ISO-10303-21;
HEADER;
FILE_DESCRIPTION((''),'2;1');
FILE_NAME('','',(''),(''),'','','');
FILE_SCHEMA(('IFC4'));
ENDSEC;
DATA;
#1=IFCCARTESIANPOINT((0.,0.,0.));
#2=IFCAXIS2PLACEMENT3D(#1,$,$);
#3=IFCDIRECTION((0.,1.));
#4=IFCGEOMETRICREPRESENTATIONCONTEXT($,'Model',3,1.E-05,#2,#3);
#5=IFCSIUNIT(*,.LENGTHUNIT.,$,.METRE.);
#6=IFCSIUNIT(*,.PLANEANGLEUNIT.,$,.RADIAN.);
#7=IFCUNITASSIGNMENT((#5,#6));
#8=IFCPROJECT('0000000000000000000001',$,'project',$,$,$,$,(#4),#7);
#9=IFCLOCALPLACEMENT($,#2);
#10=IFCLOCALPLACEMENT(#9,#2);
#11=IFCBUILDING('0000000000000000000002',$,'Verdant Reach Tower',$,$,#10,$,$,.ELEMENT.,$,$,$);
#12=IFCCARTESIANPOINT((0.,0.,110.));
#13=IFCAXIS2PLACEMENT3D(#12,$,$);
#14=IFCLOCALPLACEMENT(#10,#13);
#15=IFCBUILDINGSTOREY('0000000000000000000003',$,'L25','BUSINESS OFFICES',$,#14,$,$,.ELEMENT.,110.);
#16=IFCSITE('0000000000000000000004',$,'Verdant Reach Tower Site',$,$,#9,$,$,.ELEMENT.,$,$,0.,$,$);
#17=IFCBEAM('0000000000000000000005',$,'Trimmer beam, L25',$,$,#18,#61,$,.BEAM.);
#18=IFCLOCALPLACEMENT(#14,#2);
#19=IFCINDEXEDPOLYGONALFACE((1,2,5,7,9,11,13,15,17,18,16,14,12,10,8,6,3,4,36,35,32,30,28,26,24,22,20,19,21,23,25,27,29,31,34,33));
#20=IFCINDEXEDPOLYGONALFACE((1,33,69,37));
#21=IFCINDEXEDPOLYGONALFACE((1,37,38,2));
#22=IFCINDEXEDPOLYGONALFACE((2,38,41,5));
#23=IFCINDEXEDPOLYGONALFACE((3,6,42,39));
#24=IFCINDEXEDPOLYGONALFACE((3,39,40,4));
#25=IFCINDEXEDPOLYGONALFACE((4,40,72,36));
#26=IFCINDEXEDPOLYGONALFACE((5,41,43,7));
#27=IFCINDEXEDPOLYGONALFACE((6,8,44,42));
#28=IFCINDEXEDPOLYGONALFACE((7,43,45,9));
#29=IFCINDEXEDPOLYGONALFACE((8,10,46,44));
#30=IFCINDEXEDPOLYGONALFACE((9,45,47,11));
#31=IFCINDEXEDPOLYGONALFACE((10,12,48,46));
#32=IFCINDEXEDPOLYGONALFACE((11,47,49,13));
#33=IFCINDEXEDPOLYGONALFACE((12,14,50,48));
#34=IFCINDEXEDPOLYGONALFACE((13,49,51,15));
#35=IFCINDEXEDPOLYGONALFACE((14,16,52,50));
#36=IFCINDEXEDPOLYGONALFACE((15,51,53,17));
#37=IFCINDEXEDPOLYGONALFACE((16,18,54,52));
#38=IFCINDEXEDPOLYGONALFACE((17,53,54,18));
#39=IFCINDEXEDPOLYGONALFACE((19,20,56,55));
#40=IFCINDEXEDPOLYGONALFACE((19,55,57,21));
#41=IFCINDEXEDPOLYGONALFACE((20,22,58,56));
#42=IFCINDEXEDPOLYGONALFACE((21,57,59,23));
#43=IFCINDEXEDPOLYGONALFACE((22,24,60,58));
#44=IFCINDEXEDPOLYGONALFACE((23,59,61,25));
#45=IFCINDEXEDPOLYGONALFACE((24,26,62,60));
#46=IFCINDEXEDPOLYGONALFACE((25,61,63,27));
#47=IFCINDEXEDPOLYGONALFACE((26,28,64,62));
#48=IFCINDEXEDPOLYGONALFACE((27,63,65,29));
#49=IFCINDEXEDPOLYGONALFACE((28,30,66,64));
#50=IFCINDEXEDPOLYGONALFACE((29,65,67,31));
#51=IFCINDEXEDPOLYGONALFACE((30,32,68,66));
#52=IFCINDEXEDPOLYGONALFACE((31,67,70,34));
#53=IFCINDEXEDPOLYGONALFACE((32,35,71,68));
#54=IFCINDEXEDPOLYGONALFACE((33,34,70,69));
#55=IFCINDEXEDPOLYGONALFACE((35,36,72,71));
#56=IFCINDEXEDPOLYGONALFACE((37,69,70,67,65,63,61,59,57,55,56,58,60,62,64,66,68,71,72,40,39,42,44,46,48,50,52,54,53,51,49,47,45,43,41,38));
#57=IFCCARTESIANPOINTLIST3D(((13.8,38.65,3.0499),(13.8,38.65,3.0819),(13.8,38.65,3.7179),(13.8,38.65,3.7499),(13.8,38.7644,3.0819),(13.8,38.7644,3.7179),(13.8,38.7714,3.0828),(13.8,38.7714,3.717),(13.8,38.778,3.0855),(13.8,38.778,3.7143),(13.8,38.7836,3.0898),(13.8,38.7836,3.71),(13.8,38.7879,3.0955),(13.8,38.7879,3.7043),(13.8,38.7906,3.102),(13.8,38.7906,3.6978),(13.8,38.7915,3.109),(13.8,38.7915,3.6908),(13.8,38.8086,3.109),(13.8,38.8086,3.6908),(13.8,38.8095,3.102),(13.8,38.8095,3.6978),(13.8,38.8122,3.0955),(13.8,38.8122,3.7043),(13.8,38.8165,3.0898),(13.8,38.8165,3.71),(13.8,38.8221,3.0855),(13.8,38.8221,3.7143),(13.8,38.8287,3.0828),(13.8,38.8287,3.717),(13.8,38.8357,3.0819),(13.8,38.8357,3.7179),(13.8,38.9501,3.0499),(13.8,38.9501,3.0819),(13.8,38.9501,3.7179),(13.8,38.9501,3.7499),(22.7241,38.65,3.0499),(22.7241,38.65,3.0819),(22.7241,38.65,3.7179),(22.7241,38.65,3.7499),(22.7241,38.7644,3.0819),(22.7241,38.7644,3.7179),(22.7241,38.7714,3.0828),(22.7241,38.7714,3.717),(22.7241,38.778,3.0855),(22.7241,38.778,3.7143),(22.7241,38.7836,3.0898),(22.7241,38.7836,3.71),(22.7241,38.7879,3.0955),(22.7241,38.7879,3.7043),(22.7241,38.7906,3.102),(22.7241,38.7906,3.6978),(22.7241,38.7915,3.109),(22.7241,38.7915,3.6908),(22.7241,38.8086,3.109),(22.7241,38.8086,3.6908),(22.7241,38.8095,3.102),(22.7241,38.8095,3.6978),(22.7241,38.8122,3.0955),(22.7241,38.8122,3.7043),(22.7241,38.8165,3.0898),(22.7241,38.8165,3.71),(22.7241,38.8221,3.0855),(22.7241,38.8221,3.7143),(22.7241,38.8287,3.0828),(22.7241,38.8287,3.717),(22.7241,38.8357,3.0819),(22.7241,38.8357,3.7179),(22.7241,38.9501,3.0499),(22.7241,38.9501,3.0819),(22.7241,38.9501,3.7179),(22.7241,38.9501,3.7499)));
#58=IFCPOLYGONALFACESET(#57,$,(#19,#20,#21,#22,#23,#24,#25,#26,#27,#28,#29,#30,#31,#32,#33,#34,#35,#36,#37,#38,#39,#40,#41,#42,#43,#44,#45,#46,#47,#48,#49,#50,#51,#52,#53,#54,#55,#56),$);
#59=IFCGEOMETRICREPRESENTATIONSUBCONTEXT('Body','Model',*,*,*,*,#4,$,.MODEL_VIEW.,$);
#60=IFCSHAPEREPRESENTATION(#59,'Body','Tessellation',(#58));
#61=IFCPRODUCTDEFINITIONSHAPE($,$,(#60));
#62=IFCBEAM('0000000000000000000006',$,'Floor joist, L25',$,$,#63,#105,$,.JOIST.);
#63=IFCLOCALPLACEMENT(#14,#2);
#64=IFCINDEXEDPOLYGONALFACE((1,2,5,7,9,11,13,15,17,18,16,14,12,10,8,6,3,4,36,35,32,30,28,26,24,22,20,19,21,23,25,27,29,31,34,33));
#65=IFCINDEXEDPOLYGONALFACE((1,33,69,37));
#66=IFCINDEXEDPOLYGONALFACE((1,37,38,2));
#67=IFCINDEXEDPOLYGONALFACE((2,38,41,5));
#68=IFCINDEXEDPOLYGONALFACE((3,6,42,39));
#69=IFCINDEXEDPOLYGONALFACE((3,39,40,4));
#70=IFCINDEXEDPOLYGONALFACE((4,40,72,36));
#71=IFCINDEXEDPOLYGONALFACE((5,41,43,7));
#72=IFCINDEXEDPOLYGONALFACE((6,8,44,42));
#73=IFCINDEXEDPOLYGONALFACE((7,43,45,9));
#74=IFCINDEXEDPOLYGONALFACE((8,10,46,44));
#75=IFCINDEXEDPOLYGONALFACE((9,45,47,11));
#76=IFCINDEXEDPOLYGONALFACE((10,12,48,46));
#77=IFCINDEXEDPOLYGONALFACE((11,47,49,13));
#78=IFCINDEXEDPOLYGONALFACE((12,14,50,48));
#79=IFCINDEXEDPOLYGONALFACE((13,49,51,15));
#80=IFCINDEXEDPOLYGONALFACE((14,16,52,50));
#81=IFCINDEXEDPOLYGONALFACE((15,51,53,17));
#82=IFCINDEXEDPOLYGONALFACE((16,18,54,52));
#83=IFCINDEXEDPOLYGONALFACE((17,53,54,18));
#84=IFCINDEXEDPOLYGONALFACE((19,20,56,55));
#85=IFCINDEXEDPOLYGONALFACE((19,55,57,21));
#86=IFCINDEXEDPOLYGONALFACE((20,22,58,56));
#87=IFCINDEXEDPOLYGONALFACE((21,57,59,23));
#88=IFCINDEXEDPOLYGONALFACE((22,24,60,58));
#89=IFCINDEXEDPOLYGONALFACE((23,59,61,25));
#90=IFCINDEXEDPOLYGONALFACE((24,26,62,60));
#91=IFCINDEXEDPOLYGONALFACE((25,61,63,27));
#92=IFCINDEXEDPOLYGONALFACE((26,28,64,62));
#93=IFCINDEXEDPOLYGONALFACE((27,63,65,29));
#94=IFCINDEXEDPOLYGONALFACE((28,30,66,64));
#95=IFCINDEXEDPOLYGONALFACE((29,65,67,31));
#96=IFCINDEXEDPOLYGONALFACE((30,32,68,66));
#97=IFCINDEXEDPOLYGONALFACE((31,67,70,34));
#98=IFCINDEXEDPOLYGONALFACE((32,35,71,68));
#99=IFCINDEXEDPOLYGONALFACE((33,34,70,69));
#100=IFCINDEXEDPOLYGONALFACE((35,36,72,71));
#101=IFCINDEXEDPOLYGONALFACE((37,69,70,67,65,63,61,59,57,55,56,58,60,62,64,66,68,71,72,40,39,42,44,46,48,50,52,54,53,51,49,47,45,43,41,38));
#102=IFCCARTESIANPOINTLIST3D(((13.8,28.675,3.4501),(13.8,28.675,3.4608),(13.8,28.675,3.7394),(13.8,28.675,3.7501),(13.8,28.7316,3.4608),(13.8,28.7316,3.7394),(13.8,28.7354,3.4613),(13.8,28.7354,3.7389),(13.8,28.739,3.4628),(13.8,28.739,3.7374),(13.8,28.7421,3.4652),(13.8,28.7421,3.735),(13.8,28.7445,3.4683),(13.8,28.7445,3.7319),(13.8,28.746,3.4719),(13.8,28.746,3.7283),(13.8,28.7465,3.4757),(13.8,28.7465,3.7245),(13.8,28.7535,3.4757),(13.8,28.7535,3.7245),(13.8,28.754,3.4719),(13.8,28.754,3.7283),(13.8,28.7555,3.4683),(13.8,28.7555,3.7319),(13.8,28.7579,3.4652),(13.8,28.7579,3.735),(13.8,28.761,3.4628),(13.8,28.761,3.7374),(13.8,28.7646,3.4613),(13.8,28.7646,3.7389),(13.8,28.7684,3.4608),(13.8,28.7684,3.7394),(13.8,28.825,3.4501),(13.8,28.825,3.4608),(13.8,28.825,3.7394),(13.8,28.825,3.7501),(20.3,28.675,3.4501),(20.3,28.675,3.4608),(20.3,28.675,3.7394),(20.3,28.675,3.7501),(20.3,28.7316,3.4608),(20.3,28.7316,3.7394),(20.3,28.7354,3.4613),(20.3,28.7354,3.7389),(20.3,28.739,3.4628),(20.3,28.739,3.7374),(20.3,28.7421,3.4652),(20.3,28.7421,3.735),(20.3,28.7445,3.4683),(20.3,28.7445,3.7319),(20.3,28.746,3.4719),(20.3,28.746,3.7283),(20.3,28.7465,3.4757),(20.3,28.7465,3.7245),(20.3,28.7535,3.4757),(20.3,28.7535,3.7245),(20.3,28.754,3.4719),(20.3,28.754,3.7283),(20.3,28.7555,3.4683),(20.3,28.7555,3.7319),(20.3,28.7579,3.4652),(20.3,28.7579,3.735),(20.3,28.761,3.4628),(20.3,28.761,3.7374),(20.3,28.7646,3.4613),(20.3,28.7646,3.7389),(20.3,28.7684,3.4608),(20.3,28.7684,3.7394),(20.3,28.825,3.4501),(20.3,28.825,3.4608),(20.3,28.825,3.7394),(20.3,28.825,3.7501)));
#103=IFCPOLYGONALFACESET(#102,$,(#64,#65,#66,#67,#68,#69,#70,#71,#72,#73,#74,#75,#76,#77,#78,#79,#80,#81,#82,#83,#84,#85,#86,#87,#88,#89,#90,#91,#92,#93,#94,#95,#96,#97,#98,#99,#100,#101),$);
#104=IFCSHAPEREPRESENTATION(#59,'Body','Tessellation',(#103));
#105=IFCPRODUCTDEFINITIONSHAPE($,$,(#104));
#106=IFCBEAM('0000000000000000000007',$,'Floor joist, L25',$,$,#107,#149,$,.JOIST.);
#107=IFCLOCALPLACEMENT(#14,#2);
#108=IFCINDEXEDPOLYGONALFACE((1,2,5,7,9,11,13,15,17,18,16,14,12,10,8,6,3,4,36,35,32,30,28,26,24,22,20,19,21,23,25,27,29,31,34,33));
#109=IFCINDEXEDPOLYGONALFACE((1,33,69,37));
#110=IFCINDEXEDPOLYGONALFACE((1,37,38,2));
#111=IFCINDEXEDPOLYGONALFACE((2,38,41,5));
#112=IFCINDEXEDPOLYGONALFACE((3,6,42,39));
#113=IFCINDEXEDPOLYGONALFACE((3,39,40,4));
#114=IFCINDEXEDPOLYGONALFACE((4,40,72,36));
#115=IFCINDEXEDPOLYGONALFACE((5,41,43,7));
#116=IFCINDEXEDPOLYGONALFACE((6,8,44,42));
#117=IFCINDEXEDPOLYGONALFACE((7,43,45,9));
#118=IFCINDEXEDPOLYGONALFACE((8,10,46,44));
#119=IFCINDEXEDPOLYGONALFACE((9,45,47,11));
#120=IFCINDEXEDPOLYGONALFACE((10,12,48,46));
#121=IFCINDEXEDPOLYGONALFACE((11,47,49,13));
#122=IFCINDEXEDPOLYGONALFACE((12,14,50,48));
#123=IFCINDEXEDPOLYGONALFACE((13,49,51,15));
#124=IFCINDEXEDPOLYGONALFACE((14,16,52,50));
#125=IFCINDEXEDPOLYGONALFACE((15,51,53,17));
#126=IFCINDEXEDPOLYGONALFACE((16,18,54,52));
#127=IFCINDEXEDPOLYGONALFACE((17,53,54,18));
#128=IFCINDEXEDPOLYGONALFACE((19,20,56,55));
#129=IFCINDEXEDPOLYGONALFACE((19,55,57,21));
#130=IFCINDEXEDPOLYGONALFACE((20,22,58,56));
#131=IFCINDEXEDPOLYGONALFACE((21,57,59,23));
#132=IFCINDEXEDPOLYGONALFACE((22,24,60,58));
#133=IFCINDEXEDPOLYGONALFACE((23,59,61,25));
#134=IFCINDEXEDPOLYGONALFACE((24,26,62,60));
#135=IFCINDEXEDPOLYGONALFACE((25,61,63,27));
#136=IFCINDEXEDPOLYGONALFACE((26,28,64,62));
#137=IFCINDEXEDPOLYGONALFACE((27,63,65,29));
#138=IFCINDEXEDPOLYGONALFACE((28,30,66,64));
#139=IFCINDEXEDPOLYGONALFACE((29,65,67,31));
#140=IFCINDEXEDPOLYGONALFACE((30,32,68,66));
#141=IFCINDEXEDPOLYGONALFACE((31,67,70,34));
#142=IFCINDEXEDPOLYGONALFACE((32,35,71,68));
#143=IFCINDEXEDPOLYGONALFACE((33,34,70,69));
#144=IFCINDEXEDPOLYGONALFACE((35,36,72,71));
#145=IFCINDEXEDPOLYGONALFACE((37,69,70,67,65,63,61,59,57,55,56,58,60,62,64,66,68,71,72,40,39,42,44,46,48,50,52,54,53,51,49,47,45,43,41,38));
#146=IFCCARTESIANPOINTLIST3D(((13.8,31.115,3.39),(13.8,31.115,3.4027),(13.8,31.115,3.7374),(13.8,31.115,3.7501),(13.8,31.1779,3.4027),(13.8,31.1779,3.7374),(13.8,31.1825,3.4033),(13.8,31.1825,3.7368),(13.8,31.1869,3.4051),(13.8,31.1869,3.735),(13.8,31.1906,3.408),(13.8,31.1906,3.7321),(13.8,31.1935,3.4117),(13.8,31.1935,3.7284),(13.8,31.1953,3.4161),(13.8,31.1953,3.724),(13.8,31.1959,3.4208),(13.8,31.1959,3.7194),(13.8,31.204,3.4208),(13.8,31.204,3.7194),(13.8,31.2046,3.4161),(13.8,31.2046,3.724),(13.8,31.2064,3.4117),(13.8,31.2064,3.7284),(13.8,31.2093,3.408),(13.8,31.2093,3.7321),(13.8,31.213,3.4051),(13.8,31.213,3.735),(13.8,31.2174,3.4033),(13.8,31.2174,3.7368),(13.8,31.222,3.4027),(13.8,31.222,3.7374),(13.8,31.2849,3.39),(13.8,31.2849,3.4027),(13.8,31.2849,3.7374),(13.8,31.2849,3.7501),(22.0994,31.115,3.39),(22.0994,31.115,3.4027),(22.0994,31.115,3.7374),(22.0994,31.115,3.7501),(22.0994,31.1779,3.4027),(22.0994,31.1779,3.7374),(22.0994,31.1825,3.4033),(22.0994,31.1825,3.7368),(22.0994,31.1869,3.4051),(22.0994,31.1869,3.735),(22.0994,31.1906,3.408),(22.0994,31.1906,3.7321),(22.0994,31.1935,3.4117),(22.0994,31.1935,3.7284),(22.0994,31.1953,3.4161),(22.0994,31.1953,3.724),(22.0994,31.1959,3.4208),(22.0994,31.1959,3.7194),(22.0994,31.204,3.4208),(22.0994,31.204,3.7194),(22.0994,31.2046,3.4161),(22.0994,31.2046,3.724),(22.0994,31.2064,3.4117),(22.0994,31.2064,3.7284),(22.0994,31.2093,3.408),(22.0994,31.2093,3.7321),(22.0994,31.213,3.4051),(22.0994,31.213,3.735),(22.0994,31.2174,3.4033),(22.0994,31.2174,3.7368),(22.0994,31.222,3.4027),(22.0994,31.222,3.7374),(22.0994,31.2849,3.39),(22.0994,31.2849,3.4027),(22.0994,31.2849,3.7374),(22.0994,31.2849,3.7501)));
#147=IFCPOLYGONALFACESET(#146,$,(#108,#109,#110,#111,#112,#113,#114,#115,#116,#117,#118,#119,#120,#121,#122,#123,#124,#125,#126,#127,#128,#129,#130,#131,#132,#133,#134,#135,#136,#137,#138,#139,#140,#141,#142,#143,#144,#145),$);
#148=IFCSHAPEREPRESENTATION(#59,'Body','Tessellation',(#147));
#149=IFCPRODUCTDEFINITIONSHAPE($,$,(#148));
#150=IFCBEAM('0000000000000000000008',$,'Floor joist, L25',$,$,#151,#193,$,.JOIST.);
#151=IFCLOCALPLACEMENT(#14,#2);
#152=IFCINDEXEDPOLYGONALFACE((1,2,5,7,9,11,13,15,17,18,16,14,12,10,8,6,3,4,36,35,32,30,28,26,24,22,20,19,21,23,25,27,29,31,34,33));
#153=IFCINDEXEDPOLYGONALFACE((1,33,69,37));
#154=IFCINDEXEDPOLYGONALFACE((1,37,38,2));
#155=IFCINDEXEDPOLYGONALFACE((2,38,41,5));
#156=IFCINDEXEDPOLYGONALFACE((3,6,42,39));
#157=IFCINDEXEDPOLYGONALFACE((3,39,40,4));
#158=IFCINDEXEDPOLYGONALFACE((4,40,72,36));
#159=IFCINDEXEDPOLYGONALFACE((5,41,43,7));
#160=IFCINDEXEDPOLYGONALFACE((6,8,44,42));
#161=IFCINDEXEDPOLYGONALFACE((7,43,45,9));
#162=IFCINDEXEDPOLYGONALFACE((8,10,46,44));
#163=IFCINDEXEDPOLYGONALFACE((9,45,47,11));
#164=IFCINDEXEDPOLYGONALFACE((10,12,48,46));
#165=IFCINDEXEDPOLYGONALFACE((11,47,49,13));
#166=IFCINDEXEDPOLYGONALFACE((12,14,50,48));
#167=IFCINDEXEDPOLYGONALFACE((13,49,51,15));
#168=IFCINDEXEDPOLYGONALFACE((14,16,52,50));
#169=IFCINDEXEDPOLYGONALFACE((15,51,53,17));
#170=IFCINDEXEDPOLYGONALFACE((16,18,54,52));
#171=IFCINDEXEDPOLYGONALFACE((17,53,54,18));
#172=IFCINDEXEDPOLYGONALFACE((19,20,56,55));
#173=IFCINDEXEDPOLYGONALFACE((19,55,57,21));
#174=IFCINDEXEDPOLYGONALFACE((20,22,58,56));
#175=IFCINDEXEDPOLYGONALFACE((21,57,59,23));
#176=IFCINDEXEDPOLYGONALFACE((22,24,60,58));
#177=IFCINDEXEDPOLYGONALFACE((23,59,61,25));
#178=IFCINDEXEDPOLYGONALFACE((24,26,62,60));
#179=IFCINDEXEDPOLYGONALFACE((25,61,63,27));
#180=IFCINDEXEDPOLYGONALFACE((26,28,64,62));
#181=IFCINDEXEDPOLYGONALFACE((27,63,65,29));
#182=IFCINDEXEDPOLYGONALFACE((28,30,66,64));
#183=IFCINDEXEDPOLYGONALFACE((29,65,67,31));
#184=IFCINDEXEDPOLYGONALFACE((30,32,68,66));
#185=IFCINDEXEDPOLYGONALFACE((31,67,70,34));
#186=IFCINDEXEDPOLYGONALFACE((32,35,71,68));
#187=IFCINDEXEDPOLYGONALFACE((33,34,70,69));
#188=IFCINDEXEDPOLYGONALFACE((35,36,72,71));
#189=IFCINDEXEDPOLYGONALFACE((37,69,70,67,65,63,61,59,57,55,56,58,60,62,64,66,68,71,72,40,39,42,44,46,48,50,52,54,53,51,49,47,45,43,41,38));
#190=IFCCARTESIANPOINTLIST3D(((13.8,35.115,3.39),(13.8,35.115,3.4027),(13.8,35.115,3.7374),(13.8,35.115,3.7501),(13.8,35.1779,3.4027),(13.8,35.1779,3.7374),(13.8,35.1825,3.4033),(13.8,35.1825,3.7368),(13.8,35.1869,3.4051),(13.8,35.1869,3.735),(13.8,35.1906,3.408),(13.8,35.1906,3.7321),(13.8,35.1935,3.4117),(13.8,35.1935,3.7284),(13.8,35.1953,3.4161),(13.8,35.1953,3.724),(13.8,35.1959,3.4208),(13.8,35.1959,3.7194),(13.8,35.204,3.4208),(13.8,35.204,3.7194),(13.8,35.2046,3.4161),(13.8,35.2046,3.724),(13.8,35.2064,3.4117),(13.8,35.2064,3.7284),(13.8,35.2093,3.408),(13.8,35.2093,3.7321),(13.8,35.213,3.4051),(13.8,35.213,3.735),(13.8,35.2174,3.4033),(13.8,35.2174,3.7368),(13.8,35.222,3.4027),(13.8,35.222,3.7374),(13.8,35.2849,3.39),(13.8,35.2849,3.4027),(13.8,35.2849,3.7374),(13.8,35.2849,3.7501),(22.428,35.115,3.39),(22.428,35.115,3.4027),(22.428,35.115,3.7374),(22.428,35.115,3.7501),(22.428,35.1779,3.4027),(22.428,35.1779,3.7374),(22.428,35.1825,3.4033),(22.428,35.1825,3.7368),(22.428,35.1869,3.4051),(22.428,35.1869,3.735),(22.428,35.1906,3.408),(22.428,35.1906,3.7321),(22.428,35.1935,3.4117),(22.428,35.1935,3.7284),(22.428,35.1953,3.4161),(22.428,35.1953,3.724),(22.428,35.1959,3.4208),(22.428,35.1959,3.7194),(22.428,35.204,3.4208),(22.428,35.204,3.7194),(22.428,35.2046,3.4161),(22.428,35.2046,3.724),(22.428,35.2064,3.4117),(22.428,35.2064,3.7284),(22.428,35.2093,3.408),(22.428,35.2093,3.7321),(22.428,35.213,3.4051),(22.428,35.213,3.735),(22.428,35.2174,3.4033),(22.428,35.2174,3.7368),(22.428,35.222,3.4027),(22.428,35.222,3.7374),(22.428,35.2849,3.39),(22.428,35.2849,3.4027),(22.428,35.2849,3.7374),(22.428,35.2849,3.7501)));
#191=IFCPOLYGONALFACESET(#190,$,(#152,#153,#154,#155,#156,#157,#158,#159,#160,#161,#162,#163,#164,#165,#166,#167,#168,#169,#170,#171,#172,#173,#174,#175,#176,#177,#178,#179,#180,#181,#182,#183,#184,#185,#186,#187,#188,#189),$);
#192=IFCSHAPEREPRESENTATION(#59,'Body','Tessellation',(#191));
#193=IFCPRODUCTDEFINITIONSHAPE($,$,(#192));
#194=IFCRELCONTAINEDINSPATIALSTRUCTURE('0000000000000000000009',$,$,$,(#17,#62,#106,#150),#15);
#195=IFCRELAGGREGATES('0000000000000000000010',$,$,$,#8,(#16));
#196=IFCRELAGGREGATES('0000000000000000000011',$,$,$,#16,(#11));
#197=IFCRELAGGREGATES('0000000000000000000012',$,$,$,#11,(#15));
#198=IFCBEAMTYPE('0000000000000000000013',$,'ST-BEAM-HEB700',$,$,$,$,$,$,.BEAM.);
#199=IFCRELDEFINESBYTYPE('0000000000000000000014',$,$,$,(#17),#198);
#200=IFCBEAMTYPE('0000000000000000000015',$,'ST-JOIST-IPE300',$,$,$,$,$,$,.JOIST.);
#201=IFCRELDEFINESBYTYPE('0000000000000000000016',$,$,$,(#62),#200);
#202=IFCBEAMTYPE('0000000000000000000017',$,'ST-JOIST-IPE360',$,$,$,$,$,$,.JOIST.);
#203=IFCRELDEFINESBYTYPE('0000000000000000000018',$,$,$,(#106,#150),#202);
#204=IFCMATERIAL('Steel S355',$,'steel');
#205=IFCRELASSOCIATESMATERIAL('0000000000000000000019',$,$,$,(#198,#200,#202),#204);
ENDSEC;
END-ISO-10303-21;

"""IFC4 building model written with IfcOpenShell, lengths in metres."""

from ifc_helpers import new_model, si_unit, direction, frame, origin, origin_2d, place, context, subcontext, project, spatial, i_section, extrude, material, material_profile, profile_set, type_object, element, save


model = new_model("IFC4")

# Units and contexts
model_context = context("Model", 3, precision=1e-05, world=origin(), true_north=direction((0.0, 1.0)))
body_context = subcontext(model_context, "Body", "Model", "MODEL_VIEW")
ifc_project = project(units=[si_unit("LENGTHUNIT", "METRE"), si_unit("PLANEANGLEUNIT", "RADIAN")], contexts=[model_context])

# Site, building, storey
site_placement = place(None, origin())
site = spatial("IfcSite", under=ifc_project, at=site_placement, Name="Verdant Reach Tower Site", CompositionType="ELEMENT", RefElevation=0.0)
building_placement = place(site_placement, origin())
building = spatial("IfcBuilding", under=site, at=building_placement, Name="Verdant Reach Tower", CompositionType="ELEMENT")
storey_placement = place(building_placement, frame((0.0, 0.0, 110.0)))
storey = spatial("IfcBuildingStorey", under=building, at=storey_placement, Name="L25", Description="BUSINESS OFFICES", CompositionType="ELEMENT", Elevation=110.0)

# Beams
ifc_material_1 = material(Name="Steel S355", Category="steel")
ifc_material_profile_1 = material_profile(ifc_material_1, i_section(OverallWidth=0.3, OverallDepth=0.7, WebThickness=0.0171, FlangeThickness=0.032, FilletRadius=0.0271, at=origin_2d()), Name="HEB 700")
ifc_profile_set_1 = profile_set([ifc_material_profile_1], Name="Steel S355")
beam_type_1 = type_object("IfcBeamType", Name="ST-BEAM-HEB700", PredefinedType="BEAM", material=ifc_profile_set_1)
beam_1_placement = place(storey_placement, frame((13.8, 38.8, 3.3999), z_axis=(1.0, 0.0, 0.0), x_axis=(0.0, 1.0, 0.0)))
element("IfcBeam", 1, at=beam_1_placement, inside=storey, type_object=beam_type_1, Name="Trimmer beam, L25", PredefinedType="BEAM", context=body_context, shape_type="SweptSolid", body=[
    extrude(i_section(OverallWidth=0.3, OverallDepth=0.7, WebThickness=0.0171, FlangeThickness=0.032, FilletRadius=0.0271, at=origin_2d()), origin(), (0.0, 0.0, 1.0), 8.9241),
])
ifc_material_profile_2 = material_profile(ifc_material_1, i_section(OverallWidth=0.1499, OverallDepth=0.3, WebThickness=0.0071, FlangeThickness=0.0107, FilletRadius=0.0149, at=origin_2d()), Name="IPE 300")
ifc_profile_set_2 = profile_set([ifc_material_profile_2], Name="Steel S355")
beam_type_2 = type_object("IfcBeamType", Name="ST-JOIST-IPE300", PredefinedType="JOIST", material=ifc_profile_set_2)
beam_2_placement = place(storey_placement, frame((13.8, 28.75, 3.6001), z_axis=(1.0, 0.0, 0.0), x_axis=(0.0, 1.0, 0.0)))
element("IfcBeam", 2, at=beam_2_placement, inside=storey, type_object=beam_type_2, Name="Floor joist, L25", PredefinedType="JOIST", context=body_context, shape_type="SweptSolid", body=[
    extrude(i_section(OverallWidth=0.1499, OverallDepth=0.3, WebThickness=0.0071, FlangeThickness=0.0107, FilletRadius=0.0149, at=origin_2d()), origin(), (0.0, 0.0, 1.0), 6.5),
])
ifc_material_profile_3 = material_profile(ifc_material_1, i_section(OverallWidth=0.1699, OverallDepth=0.3601, WebThickness=0.0081, FlangeThickness=0.0127, FilletRadius=0.0181, at=origin_2d()), Name="IPE 360")
ifc_profile_set_3 = profile_set([ifc_material_profile_3], Name="Steel S355")
beam_type_3 = type_object("IfcBeamType", Name="ST-JOIST-IPE360", PredefinedType="JOIST", material=ifc_profile_set_3)
beam_3_placement = place(storey_placement, frame((13.8, 31.2, 3.5701), z_axis=(1.0, 0.0, 0.0), x_axis=(0.0, 1.0, 0.0)))
element("IfcBeam", 3, at=beam_3_placement, inside=storey, type_object=beam_type_3, Name="Floor joist, L25", PredefinedType="JOIST", context=body_context, shape_type="SweptSolid", body=[
    extrude(i_section(OverallWidth=0.1699, OverallDepth=0.3601, WebThickness=0.0081, FlangeThickness=0.0127, FilletRadius=0.0181, at=origin_2d()), origin(), (0.0, 0.0, 1.0), 8.2993),
])
beam_4_placement = place(storey_placement, frame((13.8, 35.2, 3.5701), z_axis=(1.0, 0.0, 0.0), x_axis=(0.0, 1.0, 0.0)))
element("IfcBeam", 4, at=beam_4_placement, inside=storey, type_object=beam_type_3, Name="Floor joist, L25", PredefinedType="JOIST", context=body_context, shape_type="SweptSolid", body=[
    extrude(i_section(OverallWidth=0.1699, OverallDepth=0.3601, WebThickness=0.0081, FlangeThickness=0.0127, FilletRadius=0.0181, at=origin_2d()), origin(), (0.0, 0.0, 1.0), 8.6279),
])

save(model, "model.ifc")
